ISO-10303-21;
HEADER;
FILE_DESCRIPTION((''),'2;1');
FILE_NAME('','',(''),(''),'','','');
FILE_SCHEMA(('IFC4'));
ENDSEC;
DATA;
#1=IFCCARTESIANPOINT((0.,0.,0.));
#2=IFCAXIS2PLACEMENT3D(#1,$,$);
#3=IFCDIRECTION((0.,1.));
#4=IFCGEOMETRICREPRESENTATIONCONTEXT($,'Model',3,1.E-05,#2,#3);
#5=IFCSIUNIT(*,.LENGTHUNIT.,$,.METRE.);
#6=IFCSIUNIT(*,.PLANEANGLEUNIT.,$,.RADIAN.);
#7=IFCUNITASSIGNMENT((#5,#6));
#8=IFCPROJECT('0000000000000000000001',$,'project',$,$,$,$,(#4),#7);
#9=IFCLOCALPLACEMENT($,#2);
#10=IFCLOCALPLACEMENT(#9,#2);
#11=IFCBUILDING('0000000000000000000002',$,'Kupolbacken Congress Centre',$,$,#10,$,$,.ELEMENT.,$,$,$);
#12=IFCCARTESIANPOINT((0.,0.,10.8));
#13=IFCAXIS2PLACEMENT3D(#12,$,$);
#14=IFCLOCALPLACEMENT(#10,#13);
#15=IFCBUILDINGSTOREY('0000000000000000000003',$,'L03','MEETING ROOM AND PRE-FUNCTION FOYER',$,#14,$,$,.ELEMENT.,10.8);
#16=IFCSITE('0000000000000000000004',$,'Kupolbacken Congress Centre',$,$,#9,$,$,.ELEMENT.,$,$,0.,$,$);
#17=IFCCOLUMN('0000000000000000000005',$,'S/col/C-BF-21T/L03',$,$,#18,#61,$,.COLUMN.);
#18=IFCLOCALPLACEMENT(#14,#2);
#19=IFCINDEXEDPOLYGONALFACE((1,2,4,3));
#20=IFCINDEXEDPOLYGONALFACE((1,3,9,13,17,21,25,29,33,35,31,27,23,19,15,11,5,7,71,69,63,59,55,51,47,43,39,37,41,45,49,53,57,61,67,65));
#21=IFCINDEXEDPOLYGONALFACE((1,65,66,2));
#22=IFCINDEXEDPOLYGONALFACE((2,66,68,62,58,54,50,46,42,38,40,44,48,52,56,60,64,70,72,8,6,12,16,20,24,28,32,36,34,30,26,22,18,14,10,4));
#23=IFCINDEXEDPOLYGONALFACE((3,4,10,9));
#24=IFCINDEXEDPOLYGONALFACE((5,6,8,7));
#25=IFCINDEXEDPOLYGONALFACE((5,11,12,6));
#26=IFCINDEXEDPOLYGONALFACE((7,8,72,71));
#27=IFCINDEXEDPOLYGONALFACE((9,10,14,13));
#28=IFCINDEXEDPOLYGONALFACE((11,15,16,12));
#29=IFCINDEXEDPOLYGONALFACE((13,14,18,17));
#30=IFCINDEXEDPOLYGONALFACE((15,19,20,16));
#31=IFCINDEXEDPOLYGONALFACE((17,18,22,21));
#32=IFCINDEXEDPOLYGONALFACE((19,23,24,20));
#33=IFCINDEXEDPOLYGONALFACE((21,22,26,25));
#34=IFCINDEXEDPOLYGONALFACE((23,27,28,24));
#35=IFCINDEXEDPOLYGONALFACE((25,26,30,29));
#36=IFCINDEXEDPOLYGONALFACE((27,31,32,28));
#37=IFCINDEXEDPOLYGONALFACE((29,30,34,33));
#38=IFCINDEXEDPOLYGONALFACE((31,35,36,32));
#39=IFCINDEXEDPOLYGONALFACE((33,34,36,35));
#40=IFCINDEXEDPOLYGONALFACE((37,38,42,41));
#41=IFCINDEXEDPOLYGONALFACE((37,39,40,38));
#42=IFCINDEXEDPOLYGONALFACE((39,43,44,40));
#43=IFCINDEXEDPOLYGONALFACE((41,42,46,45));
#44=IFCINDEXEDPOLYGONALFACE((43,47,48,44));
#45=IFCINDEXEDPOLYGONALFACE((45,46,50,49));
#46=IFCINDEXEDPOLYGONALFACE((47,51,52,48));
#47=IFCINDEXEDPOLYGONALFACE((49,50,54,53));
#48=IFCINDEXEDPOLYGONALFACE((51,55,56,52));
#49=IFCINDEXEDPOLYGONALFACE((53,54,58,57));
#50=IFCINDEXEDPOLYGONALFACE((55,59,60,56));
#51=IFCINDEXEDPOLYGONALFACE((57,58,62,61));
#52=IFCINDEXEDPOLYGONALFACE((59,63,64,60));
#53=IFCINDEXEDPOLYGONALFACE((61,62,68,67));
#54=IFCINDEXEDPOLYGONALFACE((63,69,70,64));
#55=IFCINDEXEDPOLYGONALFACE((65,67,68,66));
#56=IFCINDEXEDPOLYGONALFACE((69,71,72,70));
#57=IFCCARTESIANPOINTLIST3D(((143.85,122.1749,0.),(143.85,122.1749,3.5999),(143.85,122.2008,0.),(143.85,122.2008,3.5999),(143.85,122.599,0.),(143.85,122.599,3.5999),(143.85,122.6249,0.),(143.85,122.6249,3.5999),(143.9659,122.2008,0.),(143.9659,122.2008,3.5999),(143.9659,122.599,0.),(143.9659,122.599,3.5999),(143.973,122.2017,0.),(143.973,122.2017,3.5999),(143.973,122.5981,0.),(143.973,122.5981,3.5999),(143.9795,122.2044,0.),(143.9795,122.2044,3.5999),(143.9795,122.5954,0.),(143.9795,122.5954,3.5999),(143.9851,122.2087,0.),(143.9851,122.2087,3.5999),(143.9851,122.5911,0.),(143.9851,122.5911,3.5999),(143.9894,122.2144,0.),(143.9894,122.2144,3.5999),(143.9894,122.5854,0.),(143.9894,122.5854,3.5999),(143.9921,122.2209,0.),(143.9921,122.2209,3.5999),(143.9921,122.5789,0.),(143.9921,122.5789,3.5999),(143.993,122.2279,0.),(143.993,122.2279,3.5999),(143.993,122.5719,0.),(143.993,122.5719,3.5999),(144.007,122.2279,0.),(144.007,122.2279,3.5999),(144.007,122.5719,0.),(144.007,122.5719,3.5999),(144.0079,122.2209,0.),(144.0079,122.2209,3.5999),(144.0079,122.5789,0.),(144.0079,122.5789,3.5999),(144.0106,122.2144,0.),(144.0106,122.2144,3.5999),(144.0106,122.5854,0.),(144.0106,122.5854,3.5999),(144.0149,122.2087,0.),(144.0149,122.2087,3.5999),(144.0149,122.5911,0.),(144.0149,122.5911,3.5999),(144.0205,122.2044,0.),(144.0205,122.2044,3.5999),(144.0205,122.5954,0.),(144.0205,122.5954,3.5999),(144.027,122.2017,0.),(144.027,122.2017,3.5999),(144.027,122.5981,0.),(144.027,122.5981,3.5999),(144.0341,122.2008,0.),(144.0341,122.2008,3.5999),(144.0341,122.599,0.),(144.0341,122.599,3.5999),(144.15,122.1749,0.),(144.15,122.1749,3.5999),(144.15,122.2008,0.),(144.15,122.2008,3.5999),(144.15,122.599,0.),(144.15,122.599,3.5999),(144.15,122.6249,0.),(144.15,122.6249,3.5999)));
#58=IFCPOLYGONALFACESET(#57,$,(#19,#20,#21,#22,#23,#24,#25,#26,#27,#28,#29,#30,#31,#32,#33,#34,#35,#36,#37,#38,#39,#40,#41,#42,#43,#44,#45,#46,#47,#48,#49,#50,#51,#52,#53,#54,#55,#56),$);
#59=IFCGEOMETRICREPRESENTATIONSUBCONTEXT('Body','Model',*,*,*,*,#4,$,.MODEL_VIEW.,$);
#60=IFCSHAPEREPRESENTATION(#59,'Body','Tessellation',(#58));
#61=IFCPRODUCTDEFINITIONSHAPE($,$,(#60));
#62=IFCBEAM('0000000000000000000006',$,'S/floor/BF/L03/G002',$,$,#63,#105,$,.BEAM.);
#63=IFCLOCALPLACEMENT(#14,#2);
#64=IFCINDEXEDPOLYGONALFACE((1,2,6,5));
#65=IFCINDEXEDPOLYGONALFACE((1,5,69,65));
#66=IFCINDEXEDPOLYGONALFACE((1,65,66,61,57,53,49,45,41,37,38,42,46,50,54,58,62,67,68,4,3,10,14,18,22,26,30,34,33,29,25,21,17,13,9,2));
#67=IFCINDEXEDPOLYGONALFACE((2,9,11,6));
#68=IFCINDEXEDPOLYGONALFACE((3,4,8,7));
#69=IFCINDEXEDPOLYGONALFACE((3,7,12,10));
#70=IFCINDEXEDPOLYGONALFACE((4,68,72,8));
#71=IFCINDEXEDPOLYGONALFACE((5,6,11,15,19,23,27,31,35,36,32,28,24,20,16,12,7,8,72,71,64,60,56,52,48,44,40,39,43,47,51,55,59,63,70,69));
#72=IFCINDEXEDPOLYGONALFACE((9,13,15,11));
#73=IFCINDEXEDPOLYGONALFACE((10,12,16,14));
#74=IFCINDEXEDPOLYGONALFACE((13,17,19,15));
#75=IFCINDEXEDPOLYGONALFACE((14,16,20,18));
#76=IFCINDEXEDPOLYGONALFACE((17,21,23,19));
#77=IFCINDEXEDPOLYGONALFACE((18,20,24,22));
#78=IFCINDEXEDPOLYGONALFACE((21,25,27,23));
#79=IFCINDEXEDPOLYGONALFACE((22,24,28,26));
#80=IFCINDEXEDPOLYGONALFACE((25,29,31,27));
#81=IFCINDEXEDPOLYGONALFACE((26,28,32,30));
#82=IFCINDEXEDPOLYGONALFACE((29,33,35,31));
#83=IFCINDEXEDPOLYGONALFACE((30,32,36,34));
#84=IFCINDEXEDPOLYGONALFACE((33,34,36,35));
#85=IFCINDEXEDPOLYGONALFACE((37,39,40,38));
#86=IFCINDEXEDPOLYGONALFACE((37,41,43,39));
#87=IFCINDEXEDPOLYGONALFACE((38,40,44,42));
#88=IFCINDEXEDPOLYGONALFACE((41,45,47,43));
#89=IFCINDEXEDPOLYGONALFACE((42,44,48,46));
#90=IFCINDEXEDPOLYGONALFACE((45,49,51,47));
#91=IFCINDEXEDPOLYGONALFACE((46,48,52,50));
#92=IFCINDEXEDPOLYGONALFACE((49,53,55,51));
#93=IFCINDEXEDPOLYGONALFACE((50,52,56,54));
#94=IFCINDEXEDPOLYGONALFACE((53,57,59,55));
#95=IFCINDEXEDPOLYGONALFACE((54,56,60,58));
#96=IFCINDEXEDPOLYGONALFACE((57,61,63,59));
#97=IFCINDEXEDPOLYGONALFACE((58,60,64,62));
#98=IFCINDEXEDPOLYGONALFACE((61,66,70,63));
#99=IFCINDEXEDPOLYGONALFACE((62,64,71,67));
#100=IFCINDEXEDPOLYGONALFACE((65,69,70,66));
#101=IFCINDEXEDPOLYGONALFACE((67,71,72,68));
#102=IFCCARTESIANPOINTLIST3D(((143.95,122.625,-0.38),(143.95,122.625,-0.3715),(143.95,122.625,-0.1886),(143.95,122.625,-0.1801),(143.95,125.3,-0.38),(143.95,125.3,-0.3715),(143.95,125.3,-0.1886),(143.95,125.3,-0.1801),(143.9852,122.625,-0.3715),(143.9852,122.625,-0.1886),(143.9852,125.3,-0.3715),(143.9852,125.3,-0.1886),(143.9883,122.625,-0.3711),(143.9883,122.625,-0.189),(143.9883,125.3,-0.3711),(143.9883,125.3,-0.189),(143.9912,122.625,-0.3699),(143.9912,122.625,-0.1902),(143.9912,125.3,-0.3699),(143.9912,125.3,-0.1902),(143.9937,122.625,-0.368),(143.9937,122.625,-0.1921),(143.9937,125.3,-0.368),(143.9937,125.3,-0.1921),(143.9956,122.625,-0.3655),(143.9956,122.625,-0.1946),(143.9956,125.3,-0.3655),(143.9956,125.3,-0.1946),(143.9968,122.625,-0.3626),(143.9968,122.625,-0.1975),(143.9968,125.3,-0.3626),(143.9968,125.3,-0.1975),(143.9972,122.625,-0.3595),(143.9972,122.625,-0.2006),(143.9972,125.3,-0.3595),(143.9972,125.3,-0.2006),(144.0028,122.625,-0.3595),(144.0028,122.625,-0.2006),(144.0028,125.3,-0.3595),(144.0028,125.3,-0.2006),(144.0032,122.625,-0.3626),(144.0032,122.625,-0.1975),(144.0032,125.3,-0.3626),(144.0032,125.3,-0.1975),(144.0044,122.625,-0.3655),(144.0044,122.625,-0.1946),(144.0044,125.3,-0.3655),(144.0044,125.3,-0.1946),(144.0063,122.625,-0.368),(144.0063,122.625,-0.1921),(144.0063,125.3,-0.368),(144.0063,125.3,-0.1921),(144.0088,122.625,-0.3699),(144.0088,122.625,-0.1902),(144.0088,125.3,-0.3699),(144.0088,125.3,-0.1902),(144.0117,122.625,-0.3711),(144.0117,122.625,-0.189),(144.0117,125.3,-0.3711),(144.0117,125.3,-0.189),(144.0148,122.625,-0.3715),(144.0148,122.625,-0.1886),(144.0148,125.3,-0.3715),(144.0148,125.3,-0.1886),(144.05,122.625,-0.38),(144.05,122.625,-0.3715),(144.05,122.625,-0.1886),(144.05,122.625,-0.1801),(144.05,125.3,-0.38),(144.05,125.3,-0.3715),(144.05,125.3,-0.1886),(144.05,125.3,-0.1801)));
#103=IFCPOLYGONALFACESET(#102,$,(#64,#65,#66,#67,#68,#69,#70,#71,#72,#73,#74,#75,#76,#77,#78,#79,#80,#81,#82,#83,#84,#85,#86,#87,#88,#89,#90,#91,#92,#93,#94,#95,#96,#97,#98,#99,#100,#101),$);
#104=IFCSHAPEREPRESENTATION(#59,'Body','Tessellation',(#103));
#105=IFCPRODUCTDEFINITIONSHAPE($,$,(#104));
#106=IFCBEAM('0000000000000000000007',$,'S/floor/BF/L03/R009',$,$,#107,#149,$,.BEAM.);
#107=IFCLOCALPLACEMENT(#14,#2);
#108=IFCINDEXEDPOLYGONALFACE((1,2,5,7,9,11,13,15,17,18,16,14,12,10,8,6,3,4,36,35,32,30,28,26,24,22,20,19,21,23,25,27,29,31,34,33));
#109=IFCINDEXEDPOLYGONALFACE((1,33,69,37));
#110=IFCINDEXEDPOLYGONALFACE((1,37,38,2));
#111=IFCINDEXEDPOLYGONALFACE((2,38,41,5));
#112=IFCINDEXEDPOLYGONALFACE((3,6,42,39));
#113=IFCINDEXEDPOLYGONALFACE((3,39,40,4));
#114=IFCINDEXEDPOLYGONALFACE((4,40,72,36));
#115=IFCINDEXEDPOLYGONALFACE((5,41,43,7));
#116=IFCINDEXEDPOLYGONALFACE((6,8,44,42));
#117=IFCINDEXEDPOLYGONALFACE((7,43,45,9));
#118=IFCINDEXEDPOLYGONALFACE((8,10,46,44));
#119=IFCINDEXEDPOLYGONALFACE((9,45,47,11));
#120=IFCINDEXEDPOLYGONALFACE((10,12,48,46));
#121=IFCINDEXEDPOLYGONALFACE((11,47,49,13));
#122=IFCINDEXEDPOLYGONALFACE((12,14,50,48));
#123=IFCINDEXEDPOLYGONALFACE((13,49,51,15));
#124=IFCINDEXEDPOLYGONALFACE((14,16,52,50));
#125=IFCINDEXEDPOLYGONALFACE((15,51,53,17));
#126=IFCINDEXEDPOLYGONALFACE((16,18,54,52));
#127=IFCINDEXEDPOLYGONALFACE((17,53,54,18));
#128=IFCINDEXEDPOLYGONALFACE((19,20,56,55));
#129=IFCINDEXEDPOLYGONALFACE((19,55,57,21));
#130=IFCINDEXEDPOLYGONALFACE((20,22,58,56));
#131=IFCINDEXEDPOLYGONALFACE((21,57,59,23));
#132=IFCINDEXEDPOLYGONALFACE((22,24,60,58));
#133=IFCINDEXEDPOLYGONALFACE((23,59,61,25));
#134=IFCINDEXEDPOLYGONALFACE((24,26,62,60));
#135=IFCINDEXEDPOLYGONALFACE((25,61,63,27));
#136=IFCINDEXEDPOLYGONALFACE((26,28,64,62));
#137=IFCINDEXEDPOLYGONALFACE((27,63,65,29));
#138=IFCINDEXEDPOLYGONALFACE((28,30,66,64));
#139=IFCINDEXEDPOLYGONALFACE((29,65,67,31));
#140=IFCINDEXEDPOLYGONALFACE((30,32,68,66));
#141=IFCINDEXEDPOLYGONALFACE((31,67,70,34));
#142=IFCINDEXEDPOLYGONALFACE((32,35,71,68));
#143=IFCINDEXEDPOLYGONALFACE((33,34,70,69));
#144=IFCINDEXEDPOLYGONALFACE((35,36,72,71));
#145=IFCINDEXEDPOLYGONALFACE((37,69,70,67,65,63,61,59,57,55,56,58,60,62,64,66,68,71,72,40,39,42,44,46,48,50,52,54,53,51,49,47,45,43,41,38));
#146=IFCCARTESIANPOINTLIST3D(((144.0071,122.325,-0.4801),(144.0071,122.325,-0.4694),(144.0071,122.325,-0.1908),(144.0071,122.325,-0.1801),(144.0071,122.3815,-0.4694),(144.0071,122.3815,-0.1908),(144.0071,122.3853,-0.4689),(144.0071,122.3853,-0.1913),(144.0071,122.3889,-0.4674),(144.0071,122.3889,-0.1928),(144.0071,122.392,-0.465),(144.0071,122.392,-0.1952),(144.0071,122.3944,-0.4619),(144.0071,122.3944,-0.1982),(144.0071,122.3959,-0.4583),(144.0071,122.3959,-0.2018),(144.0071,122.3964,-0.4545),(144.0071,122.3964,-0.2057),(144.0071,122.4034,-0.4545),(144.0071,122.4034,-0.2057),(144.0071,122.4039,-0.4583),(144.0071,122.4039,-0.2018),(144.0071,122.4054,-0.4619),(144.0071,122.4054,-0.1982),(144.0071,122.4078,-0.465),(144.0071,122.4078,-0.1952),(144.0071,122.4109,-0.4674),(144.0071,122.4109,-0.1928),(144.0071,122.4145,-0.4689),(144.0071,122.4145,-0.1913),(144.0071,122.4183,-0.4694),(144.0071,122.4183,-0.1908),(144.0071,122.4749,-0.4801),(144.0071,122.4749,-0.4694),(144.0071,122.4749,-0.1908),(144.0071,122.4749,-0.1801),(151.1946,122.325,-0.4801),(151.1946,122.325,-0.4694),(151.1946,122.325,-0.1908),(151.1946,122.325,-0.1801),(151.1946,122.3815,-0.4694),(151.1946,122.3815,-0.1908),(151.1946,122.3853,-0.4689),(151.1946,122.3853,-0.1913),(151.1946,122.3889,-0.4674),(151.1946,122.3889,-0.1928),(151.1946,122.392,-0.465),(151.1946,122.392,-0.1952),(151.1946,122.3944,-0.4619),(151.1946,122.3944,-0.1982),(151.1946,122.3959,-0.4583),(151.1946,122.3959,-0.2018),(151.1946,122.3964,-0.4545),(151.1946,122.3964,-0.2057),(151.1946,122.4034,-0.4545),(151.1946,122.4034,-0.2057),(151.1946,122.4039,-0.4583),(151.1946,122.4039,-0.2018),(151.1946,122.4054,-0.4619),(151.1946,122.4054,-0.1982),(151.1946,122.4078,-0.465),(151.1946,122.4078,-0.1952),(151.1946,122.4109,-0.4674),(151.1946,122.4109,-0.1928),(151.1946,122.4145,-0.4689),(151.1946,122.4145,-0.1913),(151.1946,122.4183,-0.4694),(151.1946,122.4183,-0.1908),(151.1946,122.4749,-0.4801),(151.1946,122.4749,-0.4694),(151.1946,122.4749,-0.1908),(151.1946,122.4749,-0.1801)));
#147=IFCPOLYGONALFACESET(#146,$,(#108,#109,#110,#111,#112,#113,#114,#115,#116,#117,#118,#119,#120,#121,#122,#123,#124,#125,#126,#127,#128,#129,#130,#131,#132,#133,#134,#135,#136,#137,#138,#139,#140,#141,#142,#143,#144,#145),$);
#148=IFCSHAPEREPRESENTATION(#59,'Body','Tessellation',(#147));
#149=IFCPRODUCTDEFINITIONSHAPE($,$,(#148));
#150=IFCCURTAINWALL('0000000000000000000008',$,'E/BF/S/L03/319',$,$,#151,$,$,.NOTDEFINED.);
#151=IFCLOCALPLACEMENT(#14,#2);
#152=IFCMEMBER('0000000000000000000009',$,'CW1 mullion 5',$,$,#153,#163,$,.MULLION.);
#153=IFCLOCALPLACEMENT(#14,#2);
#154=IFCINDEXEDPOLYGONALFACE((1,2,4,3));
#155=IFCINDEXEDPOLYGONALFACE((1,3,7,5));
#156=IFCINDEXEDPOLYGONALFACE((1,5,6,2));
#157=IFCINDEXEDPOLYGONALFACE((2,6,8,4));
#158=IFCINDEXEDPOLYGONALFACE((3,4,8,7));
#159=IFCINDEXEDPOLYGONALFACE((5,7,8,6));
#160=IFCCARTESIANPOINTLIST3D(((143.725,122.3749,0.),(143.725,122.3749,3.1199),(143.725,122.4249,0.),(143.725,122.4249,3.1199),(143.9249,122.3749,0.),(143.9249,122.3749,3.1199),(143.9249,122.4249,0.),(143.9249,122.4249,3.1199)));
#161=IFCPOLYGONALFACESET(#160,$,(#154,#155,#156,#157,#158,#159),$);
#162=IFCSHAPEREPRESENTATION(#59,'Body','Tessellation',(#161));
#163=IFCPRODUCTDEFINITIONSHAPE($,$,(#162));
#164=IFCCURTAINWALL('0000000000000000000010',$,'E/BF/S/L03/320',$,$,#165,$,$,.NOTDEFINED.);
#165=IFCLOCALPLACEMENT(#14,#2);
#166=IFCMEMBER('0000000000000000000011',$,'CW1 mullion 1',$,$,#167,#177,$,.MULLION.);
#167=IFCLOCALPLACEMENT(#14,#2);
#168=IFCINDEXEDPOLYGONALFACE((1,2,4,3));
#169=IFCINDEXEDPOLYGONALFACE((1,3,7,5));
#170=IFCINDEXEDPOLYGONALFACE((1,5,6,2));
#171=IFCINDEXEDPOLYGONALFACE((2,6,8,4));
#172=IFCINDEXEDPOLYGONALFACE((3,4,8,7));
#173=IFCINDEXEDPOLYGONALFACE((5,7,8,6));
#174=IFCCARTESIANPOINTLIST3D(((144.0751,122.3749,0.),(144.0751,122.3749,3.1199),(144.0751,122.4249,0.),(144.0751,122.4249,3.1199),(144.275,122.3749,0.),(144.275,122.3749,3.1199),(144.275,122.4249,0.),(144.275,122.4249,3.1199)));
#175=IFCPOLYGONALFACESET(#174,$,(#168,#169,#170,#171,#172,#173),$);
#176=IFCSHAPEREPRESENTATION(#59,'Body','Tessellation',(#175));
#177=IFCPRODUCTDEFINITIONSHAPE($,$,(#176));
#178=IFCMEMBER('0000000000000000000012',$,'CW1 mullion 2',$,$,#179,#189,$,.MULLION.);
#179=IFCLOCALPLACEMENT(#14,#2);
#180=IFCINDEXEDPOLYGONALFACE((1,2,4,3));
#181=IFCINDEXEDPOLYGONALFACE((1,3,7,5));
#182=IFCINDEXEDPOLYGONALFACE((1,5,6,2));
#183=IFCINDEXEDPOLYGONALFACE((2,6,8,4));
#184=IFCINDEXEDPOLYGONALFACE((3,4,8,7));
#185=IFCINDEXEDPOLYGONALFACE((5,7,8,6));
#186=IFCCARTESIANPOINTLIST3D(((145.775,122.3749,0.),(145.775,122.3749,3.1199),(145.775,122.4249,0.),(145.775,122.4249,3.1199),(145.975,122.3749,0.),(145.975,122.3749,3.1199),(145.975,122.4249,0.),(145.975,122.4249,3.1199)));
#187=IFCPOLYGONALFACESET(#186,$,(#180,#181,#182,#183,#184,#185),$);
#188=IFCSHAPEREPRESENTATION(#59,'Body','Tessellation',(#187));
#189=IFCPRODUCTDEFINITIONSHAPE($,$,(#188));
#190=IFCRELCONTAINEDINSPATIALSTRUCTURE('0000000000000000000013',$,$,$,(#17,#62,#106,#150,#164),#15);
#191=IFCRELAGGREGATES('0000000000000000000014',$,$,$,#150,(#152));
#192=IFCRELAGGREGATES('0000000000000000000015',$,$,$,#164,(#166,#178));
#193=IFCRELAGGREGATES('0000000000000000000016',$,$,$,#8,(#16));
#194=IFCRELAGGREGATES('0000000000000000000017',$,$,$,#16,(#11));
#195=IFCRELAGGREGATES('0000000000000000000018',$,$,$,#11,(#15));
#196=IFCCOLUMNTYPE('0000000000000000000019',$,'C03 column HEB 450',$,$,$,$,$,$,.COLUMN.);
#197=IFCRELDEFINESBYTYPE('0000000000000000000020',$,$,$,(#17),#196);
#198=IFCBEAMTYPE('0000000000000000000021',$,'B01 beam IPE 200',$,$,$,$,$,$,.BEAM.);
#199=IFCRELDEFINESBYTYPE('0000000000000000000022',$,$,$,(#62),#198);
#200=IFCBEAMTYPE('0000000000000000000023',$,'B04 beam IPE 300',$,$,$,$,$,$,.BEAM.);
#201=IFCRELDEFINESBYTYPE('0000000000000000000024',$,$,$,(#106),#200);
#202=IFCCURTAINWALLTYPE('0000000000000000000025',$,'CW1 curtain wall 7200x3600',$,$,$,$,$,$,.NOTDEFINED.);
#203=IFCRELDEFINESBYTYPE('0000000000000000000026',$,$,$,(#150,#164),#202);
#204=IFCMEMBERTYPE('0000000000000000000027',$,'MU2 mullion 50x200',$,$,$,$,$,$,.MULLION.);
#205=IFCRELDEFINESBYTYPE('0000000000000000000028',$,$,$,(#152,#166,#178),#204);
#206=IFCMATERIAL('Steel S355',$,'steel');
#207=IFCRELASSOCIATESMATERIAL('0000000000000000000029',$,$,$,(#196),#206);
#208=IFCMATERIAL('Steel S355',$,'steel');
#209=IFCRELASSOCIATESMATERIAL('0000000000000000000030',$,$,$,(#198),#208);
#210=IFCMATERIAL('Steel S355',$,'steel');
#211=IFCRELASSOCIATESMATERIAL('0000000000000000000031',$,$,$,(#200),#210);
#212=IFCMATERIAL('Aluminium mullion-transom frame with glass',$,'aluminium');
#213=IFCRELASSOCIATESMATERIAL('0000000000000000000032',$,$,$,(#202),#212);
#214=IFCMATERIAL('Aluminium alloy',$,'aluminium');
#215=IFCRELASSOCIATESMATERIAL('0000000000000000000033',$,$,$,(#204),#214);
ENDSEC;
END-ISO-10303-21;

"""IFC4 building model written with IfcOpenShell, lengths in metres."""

from ifc_helpers import new_model, si_unit, direction, frame, origin, origin_2d, place, context, subcontext, project, spatial, rectangle, i_section, extrude, material, material_profile, profile_set, type_object, element, aggregate, save


model = new_model("IFC4")

# Units and contexts
model_context = context("Model", 3, precision=1e-05, world=origin(), true_north=direction((0.0, 1.0)))
body_context = subcontext(model_context, "Body", "Model", "MODEL_VIEW")
ifc_project = project(units=[si_unit("LENGTHUNIT", "METRE"), si_unit("PLANEANGLEUNIT", "RADIAN")], contexts=[model_context])

# Site, building, storey
site_placement = place(None, origin())
site = spatial("IfcSite", under=ifc_project, at=site_placement, Name="Kupolbacken Congress Centre", CompositionType="ELEMENT", RefElevation=0.0)
building_placement = place(site_placement, origin())
building = spatial("IfcBuilding", under=site, at=building_placement, Name="Kupolbacken Congress Centre", CompositionType="ELEMENT")
storey_placement = place(building_placement, frame((0.0, 0.0, 10.8)))
storey = spatial("IfcBuildingStorey", under=building, at=storey_placement, Name="L03", Description="MEETING ROOM AND PRE-FUNCTION FOYER", CompositionType="ELEMENT", Elevation=10.8)

# Column
ifc_material_1 = material(Name="Steel S355", Category="steel")
ifc_material_profile_1 = material_profile(ifc_material_1, i_section(OverallWidth=0.3, OverallDepth=0.45, WebThickness=0.0139, FlangeThickness=0.0259, FilletRadius=0.0271, at=origin_2d()), Name="HEB 450")
ifc_profile_set_1 = profile_set([ifc_material_profile_1], Name="Steel S355")
column_type = type_object("IfcColumnType", Name="C03 column HEB 450", PredefinedType="COLUMN", material=ifc_profile_set_1)
column_placement = place(storey_placement, frame((144.0, 122.3999, 0.0), z_axis=(0.0, 0.0, 1.0), x_axis=(1.0, 0.0, 0.0)))
element("IfcColumn", 1, at=column_placement, inside=storey, type_object=column_type, Name="S/col/C-BF-21T/L03", PredefinedType="COLUMN", context=body_context, shape_type="SweptSolid", body=[
    extrude(i_section(OverallWidth=0.3, OverallDepth=0.45, WebThickness=0.0139, FlangeThickness=0.0259, FilletRadius=0.0271, at=origin_2d()), origin(), (0.0, 0.0, 1.0), 3.5999),
])

# Beams
ifc_material_2 = material(Name="Steel S355", Category="steel")
ifc_material_profile_2 = material_profile(ifc_material_2, i_section(OverallWidth=0.1001, OverallDepth=0.2, WebThickness=0.0056, FlangeThickness=0.0085, FilletRadius=0.012, at=origin_2d()), Name="IPE 200")
ifc_profile_set_2 = profile_set([ifc_material_profile_2], Name="Steel S355")
beam_type_1 = type_object("IfcBeamType", Name="B01 beam IPE 200", PredefinedType="BEAM", material=ifc_profile_set_2)
beam_1_placement = place(storey_placement, frame((144.0, 122.625, -0.28), z_axis=(0.0, 1.0, 0.0), x_axis=(-1.0, 0.0, 0.0)))
element("IfcBeam", 2, at=beam_1_placement, inside=storey, type_object=beam_type_1, Name="S/floor/BF/L03/G002", PredefinedType="BEAM", context=body_context, shape_type="SweptSolid", body=[
    extrude(i_section(OverallWidth=0.1001, OverallDepth=0.2, WebThickness=0.0056, FlangeThickness=0.0085, FilletRadius=0.012, at=origin_2d()), origin(), (0.0, 0.0, 1.0), 2.675),
])
ifc_material_3 = material(Name="Steel S355", Category="steel")
ifc_material_profile_3 = material_profile(ifc_material_3, i_section(OverallWidth=0.1499, OverallDepth=0.3, WebThickness=0.0071, FlangeThickness=0.0107, FilletRadius=0.0149, at=origin_2d()), Name="IPE 300")
ifc_profile_set_3 = profile_set([ifc_material_profile_3], Name="Steel S355")
beam_type_2 = type_object("IfcBeamType", Name="B04 beam IPE 300", PredefinedType="BEAM", material=ifc_profile_set_3)
beam_2_placement = place(storey_placement, frame((144.0071, 122.3999, -0.3301), z_axis=(1.0, 0.0, 0.0), x_axis=(0.0, 1.0, 0.0)))
element("IfcBeam", 3, at=beam_2_placement, inside=storey, type_object=beam_type_2, Name="S/floor/BF/L03/R009", PredefinedType="BEAM", context=body_context, shape_type="SweptSolid", body=[
    extrude(i_section(OverallWidth=0.1499, OverallDepth=0.3, WebThickness=0.0071, FlangeThickness=0.0107, FilletRadius=0.0149, at=origin_2d()), origin(), (0.0, 0.0, 1.0), 7.1875),
])

# Curtain wall, member
ifc_material_4 = material(Name="Aluminium mullion-transom frame with glass", Category="aluminium")
curtain_wall_type = type_object("IfcCurtainWallType", Name="CW1 curtain wall 7200x3600", PredefinedType="NOTDEFINED", material=ifc_material_4)
curtain_wall_1_placement = place(storey_placement, origin())
curtain_wall_1 = element("IfcCurtainWall", 4, at=curtain_wall_1_placement, inside=storey, type_object=curtain_wall_type, Name="E/BF/S/L03/319", PredefinedType="NOTDEFINED")
ifc_material_5 = material(Name="Aluminium alloy", Category="aluminium")
ifc_material_profile_4 = material_profile(ifc_material_5, rectangle(XDim=0.05, YDim=0.2, at=origin_2d()), Name="50 x 200")
ifc_profile_set_4 = profile_set([ifc_material_profile_4], Name="Aluminium alloy")
member_type_1 = type_object("IfcMemberType", Name="MU2 mullion 50x200", PredefinedType="MULLION", material=ifc_profile_set_4)
member_1_placement = place(storey_placement, frame((143.825, 122.3999, 0.0), z_axis=(0.0, 0.0, 1.0), x_axis=(0.0, 1.0, 0.0)))
member_1 = element("IfcMember", 5, at=member_1_placement, type_object=member_type_1, Name="CW1 mullion 5", PredefinedType="MULLION", context=body_context, shape_type="SweptSolid", body=[
    extrude(rectangle(XDim=0.05, YDim=0.2, at=origin_2d()), origin(), (0.0, 0.0, 1.0), 3.1199),
])

# Curtain wall, members
curtain_wall_2_placement = place(storey_placement, origin())
curtain_wall_2 = element("IfcCurtainWall", 6, at=curtain_wall_2_placement, inside=storey, type_object=curtain_wall_type, Name="E/BF/S/L03/320", PredefinedType="NOTDEFINED")
member_2_placement = place(storey_placement, frame((144.175, 122.3999, 0.0), z_axis=(0.0, 0.0, 1.0), x_axis=(0.0, 1.0, 0.0)))
member_2 = element("IfcMember", 7, at=member_2_placement, type_object=member_type_1, Name="CW1 mullion 1", PredefinedType="MULLION", context=body_context, shape_type="SweptSolid", body=[
    extrude(rectangle(XDim=0.05, YDim=0.2, at=origin_2d()), origin(), (0.0, 0.0, 1.0), 3.1199),
])
member_3_placement = place(storey_placement, frame((145.875, 122.3999, 0.0), z_axis=(0.0, 0.0, 1.0), x_axis=(0.0, 1.0, 0.0)))
member_3 = element("IfcMember", 8, at=member_3_placement, type_object=member_type_1, Name="CW1 mullion 2", PredefinedType="MULLION", context=body_context, shape_type="SweptSolid", body=[
    extrude(rectangle(XDim=0.05, YDim=0.2, at=origin_2d()), origin(), (0.0, 0.0, 1.0), 3.1199),
])

aggregate(curtain_wall_1, [member_1])
aggregate(curtain_wall_2, [member_2, member_3])

save(model, "model.ifc")
